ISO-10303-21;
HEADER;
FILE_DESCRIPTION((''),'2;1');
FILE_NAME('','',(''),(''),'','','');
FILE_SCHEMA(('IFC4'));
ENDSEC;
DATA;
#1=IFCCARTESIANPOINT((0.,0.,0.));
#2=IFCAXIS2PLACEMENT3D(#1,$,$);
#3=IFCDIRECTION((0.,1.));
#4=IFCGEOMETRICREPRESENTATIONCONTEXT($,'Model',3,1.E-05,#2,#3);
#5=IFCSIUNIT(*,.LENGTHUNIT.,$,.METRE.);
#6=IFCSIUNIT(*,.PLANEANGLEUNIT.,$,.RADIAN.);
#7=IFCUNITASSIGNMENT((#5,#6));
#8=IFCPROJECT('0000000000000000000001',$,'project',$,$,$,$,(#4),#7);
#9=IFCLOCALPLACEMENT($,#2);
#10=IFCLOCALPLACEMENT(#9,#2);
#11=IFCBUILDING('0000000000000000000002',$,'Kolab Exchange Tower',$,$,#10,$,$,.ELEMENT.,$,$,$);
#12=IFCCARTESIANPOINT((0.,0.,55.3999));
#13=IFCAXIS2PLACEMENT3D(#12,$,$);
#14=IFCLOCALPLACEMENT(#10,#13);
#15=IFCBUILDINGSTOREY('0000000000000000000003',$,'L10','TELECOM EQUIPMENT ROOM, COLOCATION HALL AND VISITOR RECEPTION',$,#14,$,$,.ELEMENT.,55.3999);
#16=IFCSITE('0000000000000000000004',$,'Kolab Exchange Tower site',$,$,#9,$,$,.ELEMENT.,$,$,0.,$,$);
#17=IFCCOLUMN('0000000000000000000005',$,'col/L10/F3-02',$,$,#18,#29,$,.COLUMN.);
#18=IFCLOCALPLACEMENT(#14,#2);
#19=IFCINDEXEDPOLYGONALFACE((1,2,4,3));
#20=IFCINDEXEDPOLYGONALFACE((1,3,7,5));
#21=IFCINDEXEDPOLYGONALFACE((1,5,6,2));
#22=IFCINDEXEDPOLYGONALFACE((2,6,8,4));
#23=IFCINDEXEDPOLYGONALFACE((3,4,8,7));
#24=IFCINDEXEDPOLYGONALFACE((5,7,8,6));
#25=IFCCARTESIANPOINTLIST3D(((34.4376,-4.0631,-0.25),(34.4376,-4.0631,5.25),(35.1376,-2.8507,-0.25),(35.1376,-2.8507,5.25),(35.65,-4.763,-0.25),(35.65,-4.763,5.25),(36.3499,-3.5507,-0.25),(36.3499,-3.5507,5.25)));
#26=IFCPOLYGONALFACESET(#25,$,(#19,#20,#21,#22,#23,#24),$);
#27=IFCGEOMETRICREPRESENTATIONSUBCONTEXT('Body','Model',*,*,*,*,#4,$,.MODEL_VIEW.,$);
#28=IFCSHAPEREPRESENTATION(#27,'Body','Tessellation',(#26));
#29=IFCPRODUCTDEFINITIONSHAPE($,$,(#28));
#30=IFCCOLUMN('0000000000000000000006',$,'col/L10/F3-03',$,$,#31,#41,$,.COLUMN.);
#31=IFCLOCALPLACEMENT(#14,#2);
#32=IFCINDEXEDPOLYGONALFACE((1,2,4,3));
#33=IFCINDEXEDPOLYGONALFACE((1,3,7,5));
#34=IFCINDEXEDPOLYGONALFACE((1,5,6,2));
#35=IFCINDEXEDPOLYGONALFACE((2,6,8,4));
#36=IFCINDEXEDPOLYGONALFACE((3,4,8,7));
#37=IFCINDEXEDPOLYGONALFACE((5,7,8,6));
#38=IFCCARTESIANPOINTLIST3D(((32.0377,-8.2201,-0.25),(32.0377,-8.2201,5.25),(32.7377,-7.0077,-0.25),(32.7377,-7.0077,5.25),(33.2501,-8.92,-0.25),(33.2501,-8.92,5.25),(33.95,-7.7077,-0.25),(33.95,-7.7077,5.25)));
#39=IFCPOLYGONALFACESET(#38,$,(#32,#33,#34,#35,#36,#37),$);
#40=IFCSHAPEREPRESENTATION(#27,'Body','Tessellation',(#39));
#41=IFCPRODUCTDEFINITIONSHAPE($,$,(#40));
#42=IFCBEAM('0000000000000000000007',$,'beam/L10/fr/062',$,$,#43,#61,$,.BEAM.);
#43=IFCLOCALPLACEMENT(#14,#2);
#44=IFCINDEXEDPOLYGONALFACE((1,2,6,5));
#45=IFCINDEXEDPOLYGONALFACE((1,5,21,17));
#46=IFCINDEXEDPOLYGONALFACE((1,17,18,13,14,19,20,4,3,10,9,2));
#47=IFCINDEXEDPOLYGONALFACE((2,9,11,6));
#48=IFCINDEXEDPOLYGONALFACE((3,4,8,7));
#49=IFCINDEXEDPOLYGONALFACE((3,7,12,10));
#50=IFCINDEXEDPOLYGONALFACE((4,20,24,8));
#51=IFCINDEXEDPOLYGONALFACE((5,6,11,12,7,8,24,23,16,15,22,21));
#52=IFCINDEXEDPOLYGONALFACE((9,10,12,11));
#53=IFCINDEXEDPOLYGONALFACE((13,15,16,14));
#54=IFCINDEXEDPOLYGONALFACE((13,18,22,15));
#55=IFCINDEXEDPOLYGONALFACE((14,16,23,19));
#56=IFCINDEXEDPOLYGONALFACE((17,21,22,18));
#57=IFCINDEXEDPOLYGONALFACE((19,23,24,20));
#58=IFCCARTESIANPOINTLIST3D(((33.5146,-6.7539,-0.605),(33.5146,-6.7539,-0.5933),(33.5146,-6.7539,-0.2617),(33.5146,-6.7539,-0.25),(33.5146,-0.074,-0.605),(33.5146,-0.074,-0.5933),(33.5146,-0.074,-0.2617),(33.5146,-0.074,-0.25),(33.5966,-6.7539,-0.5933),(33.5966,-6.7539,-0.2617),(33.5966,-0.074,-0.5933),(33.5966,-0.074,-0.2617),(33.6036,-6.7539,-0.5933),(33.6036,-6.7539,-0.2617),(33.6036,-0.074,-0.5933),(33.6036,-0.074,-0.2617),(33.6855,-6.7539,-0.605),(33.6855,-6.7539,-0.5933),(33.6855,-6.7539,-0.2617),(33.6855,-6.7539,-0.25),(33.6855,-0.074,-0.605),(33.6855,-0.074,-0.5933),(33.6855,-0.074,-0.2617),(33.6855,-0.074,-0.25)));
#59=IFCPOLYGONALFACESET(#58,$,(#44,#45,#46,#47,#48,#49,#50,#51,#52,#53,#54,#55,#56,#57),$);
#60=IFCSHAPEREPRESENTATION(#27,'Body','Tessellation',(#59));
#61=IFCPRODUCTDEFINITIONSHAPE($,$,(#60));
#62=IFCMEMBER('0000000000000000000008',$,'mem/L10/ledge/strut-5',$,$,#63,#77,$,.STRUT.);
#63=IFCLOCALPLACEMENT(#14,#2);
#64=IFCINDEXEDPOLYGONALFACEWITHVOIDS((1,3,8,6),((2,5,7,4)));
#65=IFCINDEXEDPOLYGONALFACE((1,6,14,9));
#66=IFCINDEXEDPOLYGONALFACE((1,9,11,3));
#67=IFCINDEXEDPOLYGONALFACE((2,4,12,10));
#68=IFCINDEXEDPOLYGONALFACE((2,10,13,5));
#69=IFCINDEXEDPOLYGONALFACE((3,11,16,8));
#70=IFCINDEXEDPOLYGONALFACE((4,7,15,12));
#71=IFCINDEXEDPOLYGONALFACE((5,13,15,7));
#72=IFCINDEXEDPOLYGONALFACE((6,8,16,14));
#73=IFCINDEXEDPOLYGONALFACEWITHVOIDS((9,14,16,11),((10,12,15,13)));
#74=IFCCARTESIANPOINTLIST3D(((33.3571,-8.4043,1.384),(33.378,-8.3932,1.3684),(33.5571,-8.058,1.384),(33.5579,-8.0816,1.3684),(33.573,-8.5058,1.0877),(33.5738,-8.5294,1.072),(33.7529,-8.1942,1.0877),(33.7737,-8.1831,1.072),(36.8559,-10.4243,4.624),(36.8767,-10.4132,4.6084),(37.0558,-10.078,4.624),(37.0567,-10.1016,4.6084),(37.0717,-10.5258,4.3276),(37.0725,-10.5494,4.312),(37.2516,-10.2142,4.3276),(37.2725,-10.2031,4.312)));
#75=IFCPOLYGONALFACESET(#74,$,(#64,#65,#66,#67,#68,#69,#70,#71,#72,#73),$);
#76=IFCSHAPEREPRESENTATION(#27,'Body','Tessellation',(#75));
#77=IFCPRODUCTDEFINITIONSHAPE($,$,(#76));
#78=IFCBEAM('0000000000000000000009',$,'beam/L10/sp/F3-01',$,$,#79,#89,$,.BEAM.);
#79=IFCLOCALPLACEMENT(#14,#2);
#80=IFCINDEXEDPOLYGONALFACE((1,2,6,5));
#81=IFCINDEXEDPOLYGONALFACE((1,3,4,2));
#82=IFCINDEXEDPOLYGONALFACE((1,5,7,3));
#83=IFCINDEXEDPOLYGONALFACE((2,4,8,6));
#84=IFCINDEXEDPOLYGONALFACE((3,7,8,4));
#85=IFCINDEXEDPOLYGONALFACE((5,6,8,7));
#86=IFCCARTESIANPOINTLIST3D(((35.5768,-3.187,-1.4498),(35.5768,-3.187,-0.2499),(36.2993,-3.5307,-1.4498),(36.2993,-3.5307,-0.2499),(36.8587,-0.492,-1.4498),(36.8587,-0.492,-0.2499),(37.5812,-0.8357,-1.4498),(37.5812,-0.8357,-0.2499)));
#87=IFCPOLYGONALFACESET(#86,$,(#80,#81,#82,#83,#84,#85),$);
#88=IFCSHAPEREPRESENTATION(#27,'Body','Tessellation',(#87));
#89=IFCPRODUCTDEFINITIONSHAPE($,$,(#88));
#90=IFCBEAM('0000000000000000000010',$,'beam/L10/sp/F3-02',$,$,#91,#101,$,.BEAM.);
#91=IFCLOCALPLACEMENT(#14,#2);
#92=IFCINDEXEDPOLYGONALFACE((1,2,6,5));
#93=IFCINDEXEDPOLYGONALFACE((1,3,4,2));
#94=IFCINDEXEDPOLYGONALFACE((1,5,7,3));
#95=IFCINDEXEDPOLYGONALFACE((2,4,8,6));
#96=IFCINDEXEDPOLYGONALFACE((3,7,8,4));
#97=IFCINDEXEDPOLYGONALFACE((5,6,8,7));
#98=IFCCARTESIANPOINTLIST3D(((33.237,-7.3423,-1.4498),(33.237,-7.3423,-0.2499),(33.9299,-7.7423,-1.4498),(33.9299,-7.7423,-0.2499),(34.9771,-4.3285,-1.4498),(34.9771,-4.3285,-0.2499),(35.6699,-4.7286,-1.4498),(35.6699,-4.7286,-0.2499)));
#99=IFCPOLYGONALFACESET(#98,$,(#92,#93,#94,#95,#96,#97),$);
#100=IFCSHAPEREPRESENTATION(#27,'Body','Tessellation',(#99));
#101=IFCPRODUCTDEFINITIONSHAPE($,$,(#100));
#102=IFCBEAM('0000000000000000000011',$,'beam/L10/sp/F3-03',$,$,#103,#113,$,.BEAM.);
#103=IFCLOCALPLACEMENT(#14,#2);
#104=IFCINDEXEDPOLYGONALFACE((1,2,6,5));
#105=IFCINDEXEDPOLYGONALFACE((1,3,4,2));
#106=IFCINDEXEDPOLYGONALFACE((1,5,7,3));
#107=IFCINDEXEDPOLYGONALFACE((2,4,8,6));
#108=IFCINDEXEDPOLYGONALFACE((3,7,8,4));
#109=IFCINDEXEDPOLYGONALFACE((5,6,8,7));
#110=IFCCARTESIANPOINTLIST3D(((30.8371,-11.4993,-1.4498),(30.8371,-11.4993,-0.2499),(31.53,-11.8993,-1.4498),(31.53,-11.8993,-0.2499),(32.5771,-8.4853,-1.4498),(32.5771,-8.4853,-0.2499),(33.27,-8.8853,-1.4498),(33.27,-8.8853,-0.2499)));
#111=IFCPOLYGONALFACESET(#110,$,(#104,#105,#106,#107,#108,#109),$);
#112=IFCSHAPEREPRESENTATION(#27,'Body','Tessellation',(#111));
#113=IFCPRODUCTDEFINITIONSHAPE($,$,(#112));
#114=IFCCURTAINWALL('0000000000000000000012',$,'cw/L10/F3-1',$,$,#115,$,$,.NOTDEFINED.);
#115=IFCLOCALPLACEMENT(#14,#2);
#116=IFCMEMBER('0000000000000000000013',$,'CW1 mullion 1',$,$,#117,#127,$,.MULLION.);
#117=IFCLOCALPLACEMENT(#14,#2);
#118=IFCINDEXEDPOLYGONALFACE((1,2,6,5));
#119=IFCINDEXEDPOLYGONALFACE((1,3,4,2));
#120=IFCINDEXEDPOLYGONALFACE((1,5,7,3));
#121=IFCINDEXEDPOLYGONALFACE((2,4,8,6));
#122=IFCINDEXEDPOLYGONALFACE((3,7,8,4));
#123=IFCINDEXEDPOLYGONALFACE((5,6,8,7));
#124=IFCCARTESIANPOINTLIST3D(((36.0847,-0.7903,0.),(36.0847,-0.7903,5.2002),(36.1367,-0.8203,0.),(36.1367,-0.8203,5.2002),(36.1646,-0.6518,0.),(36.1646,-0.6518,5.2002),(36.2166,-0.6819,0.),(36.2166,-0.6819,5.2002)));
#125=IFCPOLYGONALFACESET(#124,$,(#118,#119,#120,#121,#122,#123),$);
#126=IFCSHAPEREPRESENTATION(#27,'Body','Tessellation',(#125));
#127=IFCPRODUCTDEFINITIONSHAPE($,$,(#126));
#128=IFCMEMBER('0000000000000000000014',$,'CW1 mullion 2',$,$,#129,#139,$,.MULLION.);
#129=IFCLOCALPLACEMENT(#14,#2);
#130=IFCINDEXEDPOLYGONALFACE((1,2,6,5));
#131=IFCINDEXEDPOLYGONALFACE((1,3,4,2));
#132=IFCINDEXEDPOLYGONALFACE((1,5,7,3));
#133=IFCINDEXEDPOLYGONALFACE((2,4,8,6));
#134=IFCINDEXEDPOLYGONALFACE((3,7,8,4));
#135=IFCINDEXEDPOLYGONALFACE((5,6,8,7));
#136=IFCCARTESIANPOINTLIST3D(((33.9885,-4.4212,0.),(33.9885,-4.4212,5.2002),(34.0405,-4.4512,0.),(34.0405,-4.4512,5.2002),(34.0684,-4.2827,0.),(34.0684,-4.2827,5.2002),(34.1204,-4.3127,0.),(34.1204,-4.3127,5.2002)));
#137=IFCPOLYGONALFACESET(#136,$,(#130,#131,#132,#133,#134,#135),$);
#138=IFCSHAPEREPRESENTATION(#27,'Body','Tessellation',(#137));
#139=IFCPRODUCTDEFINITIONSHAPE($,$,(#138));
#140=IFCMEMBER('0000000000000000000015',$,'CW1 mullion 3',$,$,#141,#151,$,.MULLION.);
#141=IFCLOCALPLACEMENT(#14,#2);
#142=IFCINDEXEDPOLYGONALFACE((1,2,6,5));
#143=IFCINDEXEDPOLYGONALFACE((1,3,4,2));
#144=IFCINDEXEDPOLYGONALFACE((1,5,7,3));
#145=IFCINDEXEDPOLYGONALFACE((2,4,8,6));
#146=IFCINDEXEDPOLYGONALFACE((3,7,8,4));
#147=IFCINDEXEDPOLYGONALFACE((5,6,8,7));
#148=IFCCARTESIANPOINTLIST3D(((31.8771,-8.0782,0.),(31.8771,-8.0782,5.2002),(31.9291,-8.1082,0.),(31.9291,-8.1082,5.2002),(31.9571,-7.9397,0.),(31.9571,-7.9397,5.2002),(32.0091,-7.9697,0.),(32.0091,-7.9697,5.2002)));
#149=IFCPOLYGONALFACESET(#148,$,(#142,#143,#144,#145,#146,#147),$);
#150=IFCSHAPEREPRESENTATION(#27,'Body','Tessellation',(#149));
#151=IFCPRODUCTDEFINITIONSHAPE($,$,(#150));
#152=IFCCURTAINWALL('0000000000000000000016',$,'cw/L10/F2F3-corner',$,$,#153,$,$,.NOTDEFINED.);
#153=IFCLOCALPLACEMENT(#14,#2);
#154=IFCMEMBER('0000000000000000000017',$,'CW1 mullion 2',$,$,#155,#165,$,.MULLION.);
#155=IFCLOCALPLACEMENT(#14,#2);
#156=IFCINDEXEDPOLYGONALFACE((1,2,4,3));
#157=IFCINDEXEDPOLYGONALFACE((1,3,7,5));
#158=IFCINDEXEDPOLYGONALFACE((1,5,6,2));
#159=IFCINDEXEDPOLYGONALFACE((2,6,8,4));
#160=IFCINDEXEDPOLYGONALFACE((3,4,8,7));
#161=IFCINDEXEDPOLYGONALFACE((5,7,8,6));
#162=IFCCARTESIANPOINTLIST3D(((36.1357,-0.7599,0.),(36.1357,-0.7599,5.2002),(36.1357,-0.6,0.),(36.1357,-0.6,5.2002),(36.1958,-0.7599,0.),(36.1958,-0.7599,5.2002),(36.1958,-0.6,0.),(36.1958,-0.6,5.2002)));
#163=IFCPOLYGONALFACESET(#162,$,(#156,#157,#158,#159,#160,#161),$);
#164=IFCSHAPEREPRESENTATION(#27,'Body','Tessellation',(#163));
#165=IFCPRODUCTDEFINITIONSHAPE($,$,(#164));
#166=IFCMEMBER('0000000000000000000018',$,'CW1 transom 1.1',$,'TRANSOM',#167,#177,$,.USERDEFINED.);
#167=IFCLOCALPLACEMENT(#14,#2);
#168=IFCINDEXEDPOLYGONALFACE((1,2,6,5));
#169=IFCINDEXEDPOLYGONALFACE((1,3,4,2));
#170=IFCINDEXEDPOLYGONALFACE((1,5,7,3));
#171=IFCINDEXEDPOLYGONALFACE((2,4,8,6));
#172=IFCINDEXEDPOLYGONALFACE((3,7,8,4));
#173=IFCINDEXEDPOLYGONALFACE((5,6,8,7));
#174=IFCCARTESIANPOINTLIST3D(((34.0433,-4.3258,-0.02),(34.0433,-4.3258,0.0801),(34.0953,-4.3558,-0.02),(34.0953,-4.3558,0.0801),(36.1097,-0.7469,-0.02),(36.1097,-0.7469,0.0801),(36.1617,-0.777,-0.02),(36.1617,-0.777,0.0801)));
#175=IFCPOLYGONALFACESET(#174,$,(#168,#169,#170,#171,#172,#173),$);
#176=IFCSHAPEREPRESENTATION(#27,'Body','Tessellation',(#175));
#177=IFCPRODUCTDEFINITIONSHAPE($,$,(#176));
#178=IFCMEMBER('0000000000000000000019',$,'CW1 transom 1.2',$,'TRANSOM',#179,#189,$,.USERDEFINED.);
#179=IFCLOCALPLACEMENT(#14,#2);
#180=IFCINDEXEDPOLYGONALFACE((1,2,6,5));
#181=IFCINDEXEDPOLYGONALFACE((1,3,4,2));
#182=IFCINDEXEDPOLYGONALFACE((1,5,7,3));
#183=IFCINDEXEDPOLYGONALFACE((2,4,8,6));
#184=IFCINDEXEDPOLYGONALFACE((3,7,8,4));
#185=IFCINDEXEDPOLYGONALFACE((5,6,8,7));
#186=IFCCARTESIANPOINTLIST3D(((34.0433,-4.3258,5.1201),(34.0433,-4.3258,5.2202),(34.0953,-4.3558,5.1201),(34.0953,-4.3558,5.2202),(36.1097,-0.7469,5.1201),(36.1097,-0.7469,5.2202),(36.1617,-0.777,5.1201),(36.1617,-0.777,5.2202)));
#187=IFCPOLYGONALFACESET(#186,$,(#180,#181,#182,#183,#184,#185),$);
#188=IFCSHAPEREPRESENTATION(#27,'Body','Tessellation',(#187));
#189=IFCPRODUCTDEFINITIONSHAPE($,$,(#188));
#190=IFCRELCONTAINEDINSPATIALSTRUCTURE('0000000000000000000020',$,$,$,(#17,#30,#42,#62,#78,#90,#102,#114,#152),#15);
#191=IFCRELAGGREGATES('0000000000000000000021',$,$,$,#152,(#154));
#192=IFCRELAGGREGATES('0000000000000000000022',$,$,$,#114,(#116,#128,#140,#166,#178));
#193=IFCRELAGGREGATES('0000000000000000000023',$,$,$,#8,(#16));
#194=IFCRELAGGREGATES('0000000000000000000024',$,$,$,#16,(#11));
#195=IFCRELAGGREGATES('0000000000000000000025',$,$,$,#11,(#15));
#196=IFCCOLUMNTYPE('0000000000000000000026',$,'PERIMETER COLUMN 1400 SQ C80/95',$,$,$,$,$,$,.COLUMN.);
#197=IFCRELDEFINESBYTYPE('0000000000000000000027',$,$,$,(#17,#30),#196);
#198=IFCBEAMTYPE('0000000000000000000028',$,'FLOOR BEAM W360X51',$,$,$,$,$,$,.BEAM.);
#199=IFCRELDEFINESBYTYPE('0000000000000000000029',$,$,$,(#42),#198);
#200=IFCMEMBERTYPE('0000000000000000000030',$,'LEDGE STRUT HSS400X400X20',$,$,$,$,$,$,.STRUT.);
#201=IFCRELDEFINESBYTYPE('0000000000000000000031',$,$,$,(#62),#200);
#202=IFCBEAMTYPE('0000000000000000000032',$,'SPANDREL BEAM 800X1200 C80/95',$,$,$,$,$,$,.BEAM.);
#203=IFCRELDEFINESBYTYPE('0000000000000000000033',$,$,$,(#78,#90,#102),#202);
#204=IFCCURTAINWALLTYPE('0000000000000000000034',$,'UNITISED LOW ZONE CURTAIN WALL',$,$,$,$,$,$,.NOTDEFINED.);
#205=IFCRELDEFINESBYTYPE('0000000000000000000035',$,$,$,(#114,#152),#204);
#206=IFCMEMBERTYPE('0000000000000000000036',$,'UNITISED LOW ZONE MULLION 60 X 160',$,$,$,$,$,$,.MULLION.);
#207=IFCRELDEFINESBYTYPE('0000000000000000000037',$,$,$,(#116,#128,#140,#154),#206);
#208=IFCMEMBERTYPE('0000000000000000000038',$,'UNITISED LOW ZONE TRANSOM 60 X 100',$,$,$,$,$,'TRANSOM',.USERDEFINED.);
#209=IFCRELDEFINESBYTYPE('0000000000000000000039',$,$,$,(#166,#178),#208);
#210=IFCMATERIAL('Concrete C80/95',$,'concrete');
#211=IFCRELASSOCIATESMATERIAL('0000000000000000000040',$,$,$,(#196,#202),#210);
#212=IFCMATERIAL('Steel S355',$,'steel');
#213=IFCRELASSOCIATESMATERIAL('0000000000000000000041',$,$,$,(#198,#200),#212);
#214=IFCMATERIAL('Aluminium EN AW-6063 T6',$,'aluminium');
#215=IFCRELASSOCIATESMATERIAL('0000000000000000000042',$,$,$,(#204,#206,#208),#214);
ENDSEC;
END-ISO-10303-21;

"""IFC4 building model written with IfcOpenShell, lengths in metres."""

from ifc_helpers import new_model, si_unit, direction, frame, origin, origin_2d, place, context, subcontext, project, spatial, rectangle, hollow_rectangle, i_section, extrude, material, material_profile, profile_set, type_object, element, aggregate, save


model = new_model("IFC4")

# Units and contexts
model_context = context("Model", 3, precision=1e-05, world=origin(), true_north=direction((0.0, 1.0)))
body_context = subcontext(model_context, "Body", "Model", "MODEL_VIEW")
ifc_project = project(units=[si_unit("LENGTHUNIT", "METRE"), si_unit("PLANEANGLEUNIT", "RADIAN")], contexts=[model_context])

# Site, building, storey
site_placement = place(None, origin())
site = spatial("IfcSite", under=ifc_project, at=site_placement, Name="Kolab Exchange Tower site", CompositionType="ELEMENT", RefElevation=0.0)
building_placement = place(site_placement, origin())
building = spatial("IfcBuilding", under=site, at=building_placement, Name="Kolab Exchange Tower", CompositionType="ELEMENT")
storey_placement = place(building_placement, frame((0.0, 0.0, 55.3999)))
storey = spatial("IfcBuildingStorey", under=building, at=storey_placement, Name="L10", Description="TELECOM EQUIPMENT ROOM, COLOCATION HALL AND VISITOR RECEPTION", CompositionType="ELEMENT", Elevation=55.3999)

# Columns
ifc_material_1 = material(Name="Concrete C80/95", Category="concrete")
ifc_material_profile_1 = material_profile(ifc_material_1, rectangle(XDim=1.3999, YDim=1.3999, at=origin_2d()), Name="RC1400")
ifc_profile_set_1 = profile_set([ifc_material_profile_1], Name="Concrete C80/95")
column_type = type_object("IfcColumnType", Name="PERIMETER COLUMN 1400 SQ C80/95", PredefinedType="COLUMN", material=ifc_profile_set_1)
for number, where, z_axis, x_axis, name in (
    (1, (35.3938, -3.8069, -0.25), (0.0, 0.0, 1.0), (0.5, 0.866025, 0.0), "col/L10/F3-02"),
    (2, (32.9939, -7.9639, -0.25), (0.0, 0.0, 1.0), (0.5, 0.866025, 0.0), "col/L10/F3-03"),
):
    element("IfcColumn", number, at=place(storey_placement, frame(where, z_axis=z_axis, x_axis=x_axis)), inside=storey, type_object=column_type, Name=name, PredefinedType="COLUMN", context=body_context, shape_type="SweptSolid", body=[
        extrude(rectangle(XDim=1.3999, YDim=1.3999, at=origin_2d()), origin(), (0.0, 0.0, 1.0), 5.5),
    ])

# Beam
ifc_material_2 = material(Name="Steel S355", Category="steel")
ifc_material_profile_2 = material_profile(ifc_material_2, i_section(OverallWidth=0.1709, OverallDepth=0.355, WebThickness=0.0071, FlangeThickness=0.0117, at=origin_2d()), Name="W360X51")
ifc_profile_set_2 = profile_set([ifc_material_profile_2], Name="Steel S355")
beam_type_1 = type_object("IfcBeamType", Name="FLOOR BEAM W360X51", PredefinedType="BEAM", material=ifc_profile_set_2)
beam_1_placement = place(storey_placement, frame((33.6001, -6.7539, -0.4275), z_axis=(0.0, 1.0, 0.0), x_axis=(-1.0, 0.0, 0.0)))
element("IfcBeam", 3, at=beam_1_placement, inside=storey, type_object=beam_type_1, Name="beam/L10/fr/062", PredefinedType="BEAM", context=body_context, shape_type="SweptSolid", body=[
    extrude(i_section(OverallWidth=0.1709, OverallDepth=0.355, WebThickness=0.0071, FlangeThickness=0.0117, at=origin_2d()), origin(), (0.0, 0.0, 1.0), 6.6799),
])

# Member
ifc_material_profile_3 = material_profile(ifc_material_2, hollow_rectangle(XDim=0.3999, YDim=0.3999, WallThickness=0.02, at=origin_2d()), Name="HSS400X400X20")
ifc_profile_set_3 = profile_set([ifc_material_profile_3], Name="Steel S355")
member_type_1 = type_object("IfcMemberType", Name="LEDGE STRUT HSS400X400X20", PredefinedType="STRUT", material=ifc_profile_set_3)
member_1_placement = place(storey_placement, frame((33.5654, -8.2937, 1.228), z_axis=(0.675603, -0.390059, 0.625631), x_axis=(0.5, 0.866026, 0.0)))
element("IfcMember", 4, at=member_1_placement, inside=storey, type_object=member_type_1, Name="mem/L10/ledge/strut-5", PredefinedType="STRUT", context=body_context, shape_type="SweptSolid", body=[
    extrude(hollow_rectangle(XDim=0.3999, YDim=0.3999, WallThickness=0.02, at=origin_2d()), origin(), (0.0, 0.0, 1.0), 5.1787),
])

# Beams
ifc_material_profile_4 = material_profile(ifc_material_1, rectangle(XDim=0.8, YDim=1.2, at=origin_2d()), Name="RC800X1200")
ifc_profile_set_4 = profile_set([ifc_material_profile_4], Name="Concrete C80/95")
beam_type_2 = type_object("IfcBeamType", Name="SPANDREL BEAM 800X1200 C80/95", PredefinedType="BEAM", material=ifc_profile_set_4)
beam_2_placement = place(storey_placement, frame((37.22, -0.6638, -0.8499), z_axis=(-0.429556, -0.90304, 0.0), x_axis=(0.90304, -0.429556, 0.0)))
element("IfcBeam", 5, at=beam_2_placement, inside=storey, type_object=beam_type_2, Name="beam/L10/sp/F3-01", PredefinedType="BEAM", context=body_context, shape_type="SweptSolid", body=[
    extrude(rectangle(XDim=0.8, YDim=1.2, at=origin_2d()), origin(), (0.0, 0.0, 1.0), 2.9844),
])
beam_3_placement = place(storey_placement, frame((35.3235, -4.5286, -0.8499), z_axis=(-0.50001, -0.86602, 0.0), x_axis=(0.86602, -0.50001, 0.0)))
element("IfcBeam", 6, at=beam_3_placement, inside=storey, type_object=beam_type_2, Name="beam/L10/sp/F3-02", PredefinedType="BEAM", context=body_context, shape_type="SweptSolid", body=[
    extrude(rectangle(XDim=0.8, YDim=1.2, at=origin_2d()), origin(), (0.0, 0.0, 1.0), 3.48),
])
beam_4_placement = place(storey_placement, frame((32.9236, -8.6853, -0.8499), z_axis=(-0.49998, -0.866037, 0.0), x_axis=(0.866037, -0.49998, 0.0)))
element("IfcBeam", 7, at=beam_4_placement, inside=storey, type_object=beam_type_2, Name="beam/L10/sp/F3-03", PredefinedType="BEAM", context=body_context, shape_type="SweptSolid", body=[
    extrude(rectangle(XDim=0.8, YDim=1.2, at=origin_2d()), origin(), (0.0, 0.0, 1.0), 3.4802),
])

# Curtain wall, members
ifc_material_3 = material(Name="Aluminium EN AW-6063 T6", Category="aluminium")
curtain_wall_type = type_object("IfcCurtainWallType", Name="UNITISED LOW ZONE CURTAIN WALL", PredefinedType="NOTDEFINED", material=ifc_material_3)
curtain_wall_1_placement = place(storey_placement, origin())
curtain_wall_1 = element("IfcCurtainWall", 8, at=curtain_wall_1_placement, inside=storey, type_object=curtain_wall_type, Name="cw/L10/F3-1", PredefinedType="NOTDEFINED")
ifc_material_profile_5 = material_profile(ifc_material_3, rectangle(XDim=0.0601, YDim=0.1599, at=origin_2d()), Name="RECT 60X160")
ifc_profile_set_5 = profile_set([ifc_material_profile_5], Name="Aluminium EN AW-6063 T6")
member_type_2 = type_object("IfcMemberType", Name="UNITISED LOW ZONE MULLION 60 X 160", PredefinedType="MULLION", material=ifc_profile_set_5)
member_2_placement = place(storey_placement, frame((36.1506, -0.7361, 0.0), z_axis=(0.0, 0.0, 1.0), x_axis=(0.866025, -0.5, 0.0)))
member_2 = element("IfcMember", 9, at=member_2_placement, type_object=member_type_2, Name="CW1 mullion 1", PredefinedType="MULLION", context=body_context, shape_type="SweptSolid", body=[
    extrude(rectangle(XDim=0.0601, YDim=0.1599, at=origin_2d()), origin(), (0.0, 0.0, 1.0), 5.2002),
])
member_3_placement = place(storey_placement, frame((34.0544, -4.3669, 0.0), z_axis=(0.0, 0.0, 1.0), x_axis=(0.866025, -0.5, 0.0)))
member_3 = element("IfcMember", 10, at=member_3_placement, type_object=member_type_2, Name="CW1 mullion 2", PredefinedType="MULLION", context=body_context, shape_type="SweptSolid", body=[
    extrude(rectangle(XDim=0.0601, YDim=0.1599, at=origin_2d()), origin(), (0.0, 0.0, 1.0), 5.2002),
])
member_4_placement = place(storey_placement, frame((31.9431, -8.0239, 0.0), z_axis=(0.0, 0.0, 1.0), x_axis=(0.866025, -0.5, 0.0)))
member_4 = element("IfcMember", 11, at=member_4_placement, type_object=member_type_2, Name="CW1 mullion 3", PredefinedType="MULLION", context=body_context, shape_type="SweptSolid", body=[
    extrude(rectangle(XDim=0.0601, YDim=0.1599, at=origin_2d()), origin(), (0.0, 0.0, 1.0), 5.2002),
])

# Curtain wall, member
curtain_wall_2_placement = place(storey_placement, origin())
curtain_wall_2 = element("IfcCurtainWall", 12, at=curtain_wall_2_placement, inside=storey, type_object=curtain_wall_type, Name="cw/L10/F2F3-corner", PredefinedType="NOTDEFINED")
member_5_placement = place(storey_placement, frame((36.1658, -0.6799, 0.0), z_axis=(0.0, 0.0, 1.0), x_axis=(1.0, 0.0, 0.0)))
member_5 = element("IfcMember", 13, at=member_5_placement, type_object=member_type_2, Name="CW1 mullion 2", PredefinedType="MULLION", context=body_context, shape_type="SweptSolid", body=[
    extrude(rectangle(XDim=0.0601, YDim=0.1599, at=origin_2d()), origin(), (0.0, 0.0, 1.0), 5.2002),
])
aggregate(curtain_wall_2, [member_5])

# Members
ifc_material_profile_6 = material_profile(ifc_material_3, rectangle(XDim=0.0601, YDim=0.1001, at=origin_2d()), Name="RECT 60X100")
ifc_profile_set_6 = profile_set([ifc_material_profile_6], Name="Aluminium EN AW-6063 T6")
member_type_3 = type_object("IfcMemberType", Name="UNITISED LOW ZONE TRANSOM 60 X 100", ElementType="TRANSOM", PredefinedType="USERDEFINED", material=ifc_profile_set_6)
member_6_placement = place(storey_placement, frame((36.1357, -0.762, 0.03), z_axis=(-0.500028, -0.866009, 0.0), x_axis=(0.866009, -0.500028, 0.0)))
member_6 = element("IfcMember", 14, at=member_6_placement, type_object=member_type_3, Name="CW1 transom 1.1", ObjectType="TRANSOM", PredefinedType="USERDEFINED", context=body_context, shape_type="SweptSolid", body=[
    extrude(rectangle(XDim=0.0601, YDim=0.1001, at=origin_2d()), origin(), (0.0, 0.0, 1.0), 4.1326),
])
member_7_placement = place(storey_placement, frame((36.1357, -0.762, 5.1702), z_axis=(-0.500028, -0.866009, 0.0), x_axis=(0.866009, -0.500028, 0.0)))
member_7 = element("IfcMember", 15, at=member_7_placement, type_object=member_type_3, Name="CW1 transom 1.2", ObjectType="TRANSOM", PredefinedType="USERDEFINED", context=body_context, shape_type="SweptSolid", body=[
    extrude(rectangle(XDim=0.0601, YDim=0.1001, at=origin_2d()), origin(), (0.0, 0.0, 1.0), 4.1326),
])

aggregate(curtain_wall_1, [member_2, member_3, member_4, member_6, member_7])

save(model, "model.ifc")
